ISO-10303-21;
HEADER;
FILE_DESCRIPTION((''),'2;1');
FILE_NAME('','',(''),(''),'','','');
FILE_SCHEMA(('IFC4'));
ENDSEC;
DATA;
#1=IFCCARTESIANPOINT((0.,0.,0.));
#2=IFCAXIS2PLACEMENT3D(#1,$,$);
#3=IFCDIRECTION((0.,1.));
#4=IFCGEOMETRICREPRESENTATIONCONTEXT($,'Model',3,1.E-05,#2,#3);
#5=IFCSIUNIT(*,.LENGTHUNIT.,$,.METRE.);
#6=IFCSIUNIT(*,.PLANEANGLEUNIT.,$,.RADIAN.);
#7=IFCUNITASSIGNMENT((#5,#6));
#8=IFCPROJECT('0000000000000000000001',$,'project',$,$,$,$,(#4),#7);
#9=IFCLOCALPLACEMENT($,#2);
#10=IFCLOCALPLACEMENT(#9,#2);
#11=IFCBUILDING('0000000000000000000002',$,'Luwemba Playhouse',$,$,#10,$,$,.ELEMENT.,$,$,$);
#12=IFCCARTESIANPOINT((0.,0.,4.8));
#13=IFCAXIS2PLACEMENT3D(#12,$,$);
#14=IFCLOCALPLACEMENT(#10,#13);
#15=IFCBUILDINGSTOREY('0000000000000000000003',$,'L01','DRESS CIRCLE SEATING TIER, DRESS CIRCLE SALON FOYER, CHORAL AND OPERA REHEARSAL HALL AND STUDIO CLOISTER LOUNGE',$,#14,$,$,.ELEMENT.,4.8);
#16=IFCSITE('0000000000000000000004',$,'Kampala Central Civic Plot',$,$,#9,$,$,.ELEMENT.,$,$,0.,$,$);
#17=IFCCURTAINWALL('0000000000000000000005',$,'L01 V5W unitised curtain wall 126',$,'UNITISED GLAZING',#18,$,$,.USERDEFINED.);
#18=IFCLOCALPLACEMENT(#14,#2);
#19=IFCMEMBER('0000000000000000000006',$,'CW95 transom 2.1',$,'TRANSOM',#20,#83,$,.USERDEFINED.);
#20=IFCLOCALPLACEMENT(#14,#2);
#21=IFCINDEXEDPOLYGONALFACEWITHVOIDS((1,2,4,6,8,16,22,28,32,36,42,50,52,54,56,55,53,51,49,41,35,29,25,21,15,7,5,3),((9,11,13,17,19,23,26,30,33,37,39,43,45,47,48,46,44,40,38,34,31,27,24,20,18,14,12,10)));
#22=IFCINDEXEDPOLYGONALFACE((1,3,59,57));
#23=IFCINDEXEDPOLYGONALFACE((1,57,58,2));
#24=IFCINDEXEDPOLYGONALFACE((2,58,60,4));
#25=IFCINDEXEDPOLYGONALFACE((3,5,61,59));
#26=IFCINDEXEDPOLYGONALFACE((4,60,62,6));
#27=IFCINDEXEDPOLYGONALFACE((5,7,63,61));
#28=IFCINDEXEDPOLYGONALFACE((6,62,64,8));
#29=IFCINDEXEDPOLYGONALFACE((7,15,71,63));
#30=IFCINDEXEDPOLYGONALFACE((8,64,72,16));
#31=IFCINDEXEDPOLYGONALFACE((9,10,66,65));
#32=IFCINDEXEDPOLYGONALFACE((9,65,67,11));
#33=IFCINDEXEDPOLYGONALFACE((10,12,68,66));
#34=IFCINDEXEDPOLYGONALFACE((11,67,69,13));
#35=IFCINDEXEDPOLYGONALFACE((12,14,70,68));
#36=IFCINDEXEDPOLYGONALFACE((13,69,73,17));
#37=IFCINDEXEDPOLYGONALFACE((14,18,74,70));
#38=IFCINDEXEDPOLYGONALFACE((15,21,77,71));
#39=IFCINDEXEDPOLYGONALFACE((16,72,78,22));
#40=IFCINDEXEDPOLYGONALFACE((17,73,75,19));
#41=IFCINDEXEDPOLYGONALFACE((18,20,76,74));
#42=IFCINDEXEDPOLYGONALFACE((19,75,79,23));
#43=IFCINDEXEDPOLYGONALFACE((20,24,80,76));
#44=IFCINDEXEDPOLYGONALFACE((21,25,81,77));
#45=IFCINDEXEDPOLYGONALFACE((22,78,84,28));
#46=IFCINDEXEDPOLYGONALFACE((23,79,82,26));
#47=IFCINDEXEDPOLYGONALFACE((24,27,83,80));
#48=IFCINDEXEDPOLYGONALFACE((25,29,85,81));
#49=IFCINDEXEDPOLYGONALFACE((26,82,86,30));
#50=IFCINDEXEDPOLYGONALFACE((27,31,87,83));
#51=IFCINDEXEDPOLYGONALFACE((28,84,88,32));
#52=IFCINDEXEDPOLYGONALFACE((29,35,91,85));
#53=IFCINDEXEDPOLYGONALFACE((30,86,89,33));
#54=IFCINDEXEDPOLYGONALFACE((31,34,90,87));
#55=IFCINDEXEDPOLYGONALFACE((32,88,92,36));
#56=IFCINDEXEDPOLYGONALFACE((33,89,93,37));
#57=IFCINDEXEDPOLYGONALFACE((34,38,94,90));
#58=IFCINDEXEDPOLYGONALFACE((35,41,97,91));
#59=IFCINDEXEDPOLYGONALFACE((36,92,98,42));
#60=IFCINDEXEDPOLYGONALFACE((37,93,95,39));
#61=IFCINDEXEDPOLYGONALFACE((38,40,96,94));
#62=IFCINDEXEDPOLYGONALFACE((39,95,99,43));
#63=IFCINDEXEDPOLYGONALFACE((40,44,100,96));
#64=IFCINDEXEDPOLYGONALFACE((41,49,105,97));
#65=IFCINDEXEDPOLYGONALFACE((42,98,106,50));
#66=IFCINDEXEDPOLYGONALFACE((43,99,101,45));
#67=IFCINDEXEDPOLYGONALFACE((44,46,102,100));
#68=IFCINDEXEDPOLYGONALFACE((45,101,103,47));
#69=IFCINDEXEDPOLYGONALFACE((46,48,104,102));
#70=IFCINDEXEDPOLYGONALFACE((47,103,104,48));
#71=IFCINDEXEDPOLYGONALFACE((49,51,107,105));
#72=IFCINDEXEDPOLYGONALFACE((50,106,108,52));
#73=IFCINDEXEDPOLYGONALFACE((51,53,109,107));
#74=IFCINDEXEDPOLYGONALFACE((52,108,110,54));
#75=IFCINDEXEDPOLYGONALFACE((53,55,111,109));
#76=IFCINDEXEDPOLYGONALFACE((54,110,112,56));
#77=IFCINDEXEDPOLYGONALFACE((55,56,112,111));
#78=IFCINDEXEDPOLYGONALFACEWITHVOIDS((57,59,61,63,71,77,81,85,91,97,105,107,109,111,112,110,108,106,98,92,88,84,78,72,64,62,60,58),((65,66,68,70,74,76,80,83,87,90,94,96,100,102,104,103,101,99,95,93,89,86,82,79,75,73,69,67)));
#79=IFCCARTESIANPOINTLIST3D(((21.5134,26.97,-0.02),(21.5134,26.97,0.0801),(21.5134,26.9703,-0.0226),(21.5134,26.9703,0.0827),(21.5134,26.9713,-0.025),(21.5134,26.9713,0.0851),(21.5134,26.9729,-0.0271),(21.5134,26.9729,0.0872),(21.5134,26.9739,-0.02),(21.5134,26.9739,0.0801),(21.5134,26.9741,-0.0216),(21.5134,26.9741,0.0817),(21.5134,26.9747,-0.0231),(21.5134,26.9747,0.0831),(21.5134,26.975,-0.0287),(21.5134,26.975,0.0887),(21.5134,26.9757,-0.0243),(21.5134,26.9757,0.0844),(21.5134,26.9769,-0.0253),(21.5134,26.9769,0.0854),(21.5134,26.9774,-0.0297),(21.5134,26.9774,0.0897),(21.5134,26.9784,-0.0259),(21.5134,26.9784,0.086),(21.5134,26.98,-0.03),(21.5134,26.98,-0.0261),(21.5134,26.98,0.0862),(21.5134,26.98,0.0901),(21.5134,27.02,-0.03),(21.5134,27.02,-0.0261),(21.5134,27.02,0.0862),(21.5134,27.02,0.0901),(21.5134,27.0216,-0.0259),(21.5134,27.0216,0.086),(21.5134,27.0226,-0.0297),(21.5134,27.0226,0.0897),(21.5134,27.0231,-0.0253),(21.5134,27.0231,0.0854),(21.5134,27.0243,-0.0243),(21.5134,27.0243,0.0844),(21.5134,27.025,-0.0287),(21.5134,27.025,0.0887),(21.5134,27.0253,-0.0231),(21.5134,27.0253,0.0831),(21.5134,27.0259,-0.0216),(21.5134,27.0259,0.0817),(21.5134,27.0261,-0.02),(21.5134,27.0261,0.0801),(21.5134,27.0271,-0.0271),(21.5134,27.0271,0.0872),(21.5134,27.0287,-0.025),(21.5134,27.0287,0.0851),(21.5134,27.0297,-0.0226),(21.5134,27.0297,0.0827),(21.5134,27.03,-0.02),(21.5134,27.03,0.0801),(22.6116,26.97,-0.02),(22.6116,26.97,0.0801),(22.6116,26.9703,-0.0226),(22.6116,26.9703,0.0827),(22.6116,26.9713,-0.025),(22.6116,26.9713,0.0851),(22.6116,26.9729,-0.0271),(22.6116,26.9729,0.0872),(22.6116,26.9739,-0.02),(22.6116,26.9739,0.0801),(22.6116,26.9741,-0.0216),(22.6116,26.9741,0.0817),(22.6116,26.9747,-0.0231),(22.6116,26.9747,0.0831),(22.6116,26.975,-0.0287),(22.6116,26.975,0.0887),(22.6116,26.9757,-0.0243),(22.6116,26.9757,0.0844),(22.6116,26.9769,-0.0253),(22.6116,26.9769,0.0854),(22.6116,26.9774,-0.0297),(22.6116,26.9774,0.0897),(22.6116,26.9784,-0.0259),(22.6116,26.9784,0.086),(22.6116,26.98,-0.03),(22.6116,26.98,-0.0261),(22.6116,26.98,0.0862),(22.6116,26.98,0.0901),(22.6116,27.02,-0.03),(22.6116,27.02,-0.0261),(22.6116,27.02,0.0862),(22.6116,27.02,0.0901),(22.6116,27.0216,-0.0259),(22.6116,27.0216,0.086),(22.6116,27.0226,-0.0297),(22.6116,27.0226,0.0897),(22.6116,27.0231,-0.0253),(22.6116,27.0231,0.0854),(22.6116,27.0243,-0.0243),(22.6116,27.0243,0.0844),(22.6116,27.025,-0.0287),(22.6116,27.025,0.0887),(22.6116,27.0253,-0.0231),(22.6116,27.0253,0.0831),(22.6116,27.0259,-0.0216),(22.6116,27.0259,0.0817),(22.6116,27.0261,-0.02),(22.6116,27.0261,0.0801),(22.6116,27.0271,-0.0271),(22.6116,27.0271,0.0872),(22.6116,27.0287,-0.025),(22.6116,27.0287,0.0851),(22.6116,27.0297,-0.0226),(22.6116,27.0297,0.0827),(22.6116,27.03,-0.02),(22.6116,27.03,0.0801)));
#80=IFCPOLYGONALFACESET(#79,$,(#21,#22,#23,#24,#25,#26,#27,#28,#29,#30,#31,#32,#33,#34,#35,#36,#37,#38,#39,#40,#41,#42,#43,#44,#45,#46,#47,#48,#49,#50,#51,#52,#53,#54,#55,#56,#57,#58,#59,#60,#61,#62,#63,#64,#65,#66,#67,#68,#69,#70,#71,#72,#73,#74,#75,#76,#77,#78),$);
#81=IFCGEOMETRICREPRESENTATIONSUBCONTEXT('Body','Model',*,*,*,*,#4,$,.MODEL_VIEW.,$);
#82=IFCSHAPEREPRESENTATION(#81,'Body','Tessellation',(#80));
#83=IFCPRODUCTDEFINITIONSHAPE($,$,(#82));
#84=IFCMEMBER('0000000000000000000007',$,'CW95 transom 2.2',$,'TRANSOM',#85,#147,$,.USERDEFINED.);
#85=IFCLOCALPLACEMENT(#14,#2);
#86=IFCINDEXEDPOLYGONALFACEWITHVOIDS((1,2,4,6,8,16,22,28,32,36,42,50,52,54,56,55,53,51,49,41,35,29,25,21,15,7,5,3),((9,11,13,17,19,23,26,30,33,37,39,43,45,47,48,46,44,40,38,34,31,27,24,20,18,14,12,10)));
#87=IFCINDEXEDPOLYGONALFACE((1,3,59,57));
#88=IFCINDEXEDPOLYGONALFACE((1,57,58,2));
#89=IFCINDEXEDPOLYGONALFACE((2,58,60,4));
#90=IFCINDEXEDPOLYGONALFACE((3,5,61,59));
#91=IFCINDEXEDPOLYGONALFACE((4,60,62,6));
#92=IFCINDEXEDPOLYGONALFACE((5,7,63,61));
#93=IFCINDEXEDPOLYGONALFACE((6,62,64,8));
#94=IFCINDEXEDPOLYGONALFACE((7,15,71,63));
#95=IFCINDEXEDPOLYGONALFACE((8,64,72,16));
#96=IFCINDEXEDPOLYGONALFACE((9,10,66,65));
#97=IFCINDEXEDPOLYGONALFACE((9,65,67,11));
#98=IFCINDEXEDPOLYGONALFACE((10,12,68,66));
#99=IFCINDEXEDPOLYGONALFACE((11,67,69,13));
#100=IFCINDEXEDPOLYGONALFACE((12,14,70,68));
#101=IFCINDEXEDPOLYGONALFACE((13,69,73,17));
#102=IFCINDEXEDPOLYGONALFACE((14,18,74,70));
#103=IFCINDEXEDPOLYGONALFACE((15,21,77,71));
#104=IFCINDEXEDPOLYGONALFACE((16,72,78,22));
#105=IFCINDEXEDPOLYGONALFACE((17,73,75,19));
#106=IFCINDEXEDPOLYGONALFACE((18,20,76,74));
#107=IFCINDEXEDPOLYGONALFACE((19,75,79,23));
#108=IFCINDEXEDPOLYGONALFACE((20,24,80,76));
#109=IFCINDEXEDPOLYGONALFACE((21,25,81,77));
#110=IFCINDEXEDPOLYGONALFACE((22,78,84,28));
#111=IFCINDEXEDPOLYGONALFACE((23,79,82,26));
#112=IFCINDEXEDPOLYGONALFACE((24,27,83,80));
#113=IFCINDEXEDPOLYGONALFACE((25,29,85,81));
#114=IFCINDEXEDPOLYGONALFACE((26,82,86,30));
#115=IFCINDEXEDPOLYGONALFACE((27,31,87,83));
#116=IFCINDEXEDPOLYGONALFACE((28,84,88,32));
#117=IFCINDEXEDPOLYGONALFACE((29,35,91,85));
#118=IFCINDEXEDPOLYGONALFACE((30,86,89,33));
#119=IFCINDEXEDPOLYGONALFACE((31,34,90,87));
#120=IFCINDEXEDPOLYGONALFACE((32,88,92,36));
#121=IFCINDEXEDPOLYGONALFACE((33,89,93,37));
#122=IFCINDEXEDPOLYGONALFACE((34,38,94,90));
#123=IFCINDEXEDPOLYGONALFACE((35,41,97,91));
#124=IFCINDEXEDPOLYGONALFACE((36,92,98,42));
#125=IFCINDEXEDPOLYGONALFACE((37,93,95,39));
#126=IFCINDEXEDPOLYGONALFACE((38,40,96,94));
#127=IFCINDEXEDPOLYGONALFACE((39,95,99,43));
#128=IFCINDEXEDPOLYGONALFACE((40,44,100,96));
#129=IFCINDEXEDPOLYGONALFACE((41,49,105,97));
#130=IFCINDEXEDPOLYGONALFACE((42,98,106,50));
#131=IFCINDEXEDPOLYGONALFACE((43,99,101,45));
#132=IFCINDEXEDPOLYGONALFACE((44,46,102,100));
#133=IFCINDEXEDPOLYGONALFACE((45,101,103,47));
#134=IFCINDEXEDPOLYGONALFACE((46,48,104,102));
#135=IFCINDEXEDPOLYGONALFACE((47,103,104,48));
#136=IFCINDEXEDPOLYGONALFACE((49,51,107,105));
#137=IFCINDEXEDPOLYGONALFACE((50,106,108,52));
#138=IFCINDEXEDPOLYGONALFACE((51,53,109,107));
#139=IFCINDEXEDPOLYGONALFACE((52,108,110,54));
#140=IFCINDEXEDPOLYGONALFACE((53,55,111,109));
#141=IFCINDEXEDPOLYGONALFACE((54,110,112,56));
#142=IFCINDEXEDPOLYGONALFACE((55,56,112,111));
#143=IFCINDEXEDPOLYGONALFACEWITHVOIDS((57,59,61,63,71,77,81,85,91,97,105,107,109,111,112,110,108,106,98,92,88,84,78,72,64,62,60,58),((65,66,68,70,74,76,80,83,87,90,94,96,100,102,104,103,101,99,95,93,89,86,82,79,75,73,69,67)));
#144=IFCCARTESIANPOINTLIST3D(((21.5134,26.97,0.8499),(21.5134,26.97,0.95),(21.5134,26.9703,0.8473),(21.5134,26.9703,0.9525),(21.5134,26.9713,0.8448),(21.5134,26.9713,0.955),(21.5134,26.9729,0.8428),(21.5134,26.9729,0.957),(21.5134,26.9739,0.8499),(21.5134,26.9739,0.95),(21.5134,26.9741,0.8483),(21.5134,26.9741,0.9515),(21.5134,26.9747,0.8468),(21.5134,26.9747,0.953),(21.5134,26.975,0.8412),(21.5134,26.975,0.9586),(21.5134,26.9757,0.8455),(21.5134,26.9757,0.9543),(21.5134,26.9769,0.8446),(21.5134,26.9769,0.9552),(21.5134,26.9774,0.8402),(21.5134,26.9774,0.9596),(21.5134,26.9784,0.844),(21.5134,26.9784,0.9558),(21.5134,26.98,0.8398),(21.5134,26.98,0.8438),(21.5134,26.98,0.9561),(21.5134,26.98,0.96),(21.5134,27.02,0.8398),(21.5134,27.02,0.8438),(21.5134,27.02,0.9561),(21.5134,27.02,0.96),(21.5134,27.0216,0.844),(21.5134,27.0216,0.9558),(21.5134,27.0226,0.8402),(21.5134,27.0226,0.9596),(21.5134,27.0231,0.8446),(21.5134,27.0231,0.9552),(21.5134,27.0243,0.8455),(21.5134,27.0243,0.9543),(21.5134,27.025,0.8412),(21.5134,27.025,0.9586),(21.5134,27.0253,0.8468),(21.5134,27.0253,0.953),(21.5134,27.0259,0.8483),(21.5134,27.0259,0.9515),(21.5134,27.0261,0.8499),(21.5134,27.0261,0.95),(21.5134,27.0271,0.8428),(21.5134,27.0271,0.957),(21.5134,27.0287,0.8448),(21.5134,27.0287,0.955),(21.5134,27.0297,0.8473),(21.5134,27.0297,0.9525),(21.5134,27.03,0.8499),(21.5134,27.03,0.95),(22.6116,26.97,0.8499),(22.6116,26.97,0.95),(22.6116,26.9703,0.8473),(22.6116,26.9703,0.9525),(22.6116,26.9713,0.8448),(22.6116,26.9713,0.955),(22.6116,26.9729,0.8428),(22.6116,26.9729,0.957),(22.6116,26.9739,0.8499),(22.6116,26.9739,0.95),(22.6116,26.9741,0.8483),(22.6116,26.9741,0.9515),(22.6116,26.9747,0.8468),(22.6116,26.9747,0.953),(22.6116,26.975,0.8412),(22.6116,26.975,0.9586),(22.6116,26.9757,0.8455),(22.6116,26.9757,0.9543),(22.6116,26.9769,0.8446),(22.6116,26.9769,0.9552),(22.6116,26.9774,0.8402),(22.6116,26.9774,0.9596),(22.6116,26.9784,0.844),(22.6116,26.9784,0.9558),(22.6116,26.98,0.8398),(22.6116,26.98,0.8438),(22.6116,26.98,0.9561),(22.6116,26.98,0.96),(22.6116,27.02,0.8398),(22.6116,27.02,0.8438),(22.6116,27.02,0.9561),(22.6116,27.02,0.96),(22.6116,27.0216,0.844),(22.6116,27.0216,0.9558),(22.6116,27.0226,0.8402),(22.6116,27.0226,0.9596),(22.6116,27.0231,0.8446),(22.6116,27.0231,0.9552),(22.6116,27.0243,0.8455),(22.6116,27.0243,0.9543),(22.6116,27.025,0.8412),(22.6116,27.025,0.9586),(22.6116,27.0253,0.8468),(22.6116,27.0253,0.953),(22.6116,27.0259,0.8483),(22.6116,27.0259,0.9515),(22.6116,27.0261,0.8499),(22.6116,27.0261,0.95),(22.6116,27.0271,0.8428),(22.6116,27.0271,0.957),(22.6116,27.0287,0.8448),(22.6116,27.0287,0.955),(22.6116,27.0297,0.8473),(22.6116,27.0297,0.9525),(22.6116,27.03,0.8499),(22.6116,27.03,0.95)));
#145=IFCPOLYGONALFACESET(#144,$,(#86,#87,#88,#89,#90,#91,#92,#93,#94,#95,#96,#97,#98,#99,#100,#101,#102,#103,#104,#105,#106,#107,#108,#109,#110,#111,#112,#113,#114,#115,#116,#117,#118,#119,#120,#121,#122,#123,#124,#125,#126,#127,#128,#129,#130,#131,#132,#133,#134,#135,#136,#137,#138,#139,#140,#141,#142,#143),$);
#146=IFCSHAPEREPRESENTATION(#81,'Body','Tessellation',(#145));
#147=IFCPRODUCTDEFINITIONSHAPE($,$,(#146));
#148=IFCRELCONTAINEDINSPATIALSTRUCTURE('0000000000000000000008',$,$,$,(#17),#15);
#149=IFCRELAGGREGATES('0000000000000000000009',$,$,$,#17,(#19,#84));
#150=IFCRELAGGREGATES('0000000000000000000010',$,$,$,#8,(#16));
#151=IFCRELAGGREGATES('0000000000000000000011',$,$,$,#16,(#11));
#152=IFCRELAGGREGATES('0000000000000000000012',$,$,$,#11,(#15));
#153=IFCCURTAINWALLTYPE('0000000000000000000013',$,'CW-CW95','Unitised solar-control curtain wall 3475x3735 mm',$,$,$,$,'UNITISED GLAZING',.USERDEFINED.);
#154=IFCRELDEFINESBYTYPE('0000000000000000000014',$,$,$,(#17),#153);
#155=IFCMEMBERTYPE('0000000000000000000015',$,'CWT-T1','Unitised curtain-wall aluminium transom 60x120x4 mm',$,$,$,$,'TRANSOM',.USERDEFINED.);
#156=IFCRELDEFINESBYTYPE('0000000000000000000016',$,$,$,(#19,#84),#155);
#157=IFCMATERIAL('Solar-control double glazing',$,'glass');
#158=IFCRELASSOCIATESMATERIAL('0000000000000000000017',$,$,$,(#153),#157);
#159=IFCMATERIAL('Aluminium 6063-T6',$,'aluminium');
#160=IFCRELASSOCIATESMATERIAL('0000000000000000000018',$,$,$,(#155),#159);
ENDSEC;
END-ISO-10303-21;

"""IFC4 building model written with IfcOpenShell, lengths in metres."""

from ifc_helpers import new_model, si_unit, direction, frame, origin, origin_2d, place, context, subcontext, project, spatial, hollow_rectangle, extrude, material, material_profile, profile_set, type_object, element, aggregate, save


model = new_model("IFC4")

# Units and contexts
model_context = context("Model", 3, precision=1e-05, world=origin(), true_north=direction((0.0, 1.0)))
body_context = subcontext(model_context, "Body", "Model", "MODEL_VIEW")
ifc_project = project(units=[si_unit("LENGTHUNIT", "METRE"), si_unit("PLANEANGLEUNIT", "RADIAN")], contexts=[model_context])

# Site, building, storey
site_placement = place(None, origin())
site = spatial("IfcSite", under=ifc_project, at=site_placement, Name="Kampala Central Civic Plot", CompositionType="ELEMENT", RefElevation=0.0)
building_placement = place(site_placement, origin())
building = spatial("IfcBuilding", under=site, at=building_placement, Name="Luwemba Playhouse", CompositionType="ELEMENT")
storey_placement = place(building_placement, frame((0.0, 0.0, 4.8)))
storey = spatial("IfcBuildingStorey", under=building, at=storey_placement, Name="L01", Description="DRESS CIRCLE SEATING TIER, DRESS CIRCLE SALON FOYER, CHORAL AND OPERA REHEARSAL HALL AND STUDIO CLOISTER LOUNGE", CompositionType="ELEMENT", Elevation=4.8)

# Curtain wall
ifc_material_1 = material(Name="Solar-control double glazing", Category="glass")
curtain_wall_type_1 = type_object("IfcCurtainWallType", Name="CW-CW95", Description="Unitised solar-control curtain wall 3475x3735 mm", ElementType="UNITISED GLAZING", PredefinedType="USERDEFINED", material=ifc_material_1)
curtain_wall_1_placement = place(storey_placement, origin())
curtain_wall_1 = element("IfcCurtainWall", 1, at=curtain_wall_1_placement, inside=storey, type_object=curtain_wall_type_1, Name="L01 V5W unitised curtain wall 126", ObjectType="UNITISED GLAZING", PredefinedType="USERDEFINED")
ifc_material_2 = material(Name="Aluminium 6063-T6", Category="aluminium")

# Members
ifc_material_profile_1 = material_profile(ifc_material_2, hollow_rectangle(XDim=0.0601, YDim=0.1201, WallThickness=0.0039, InnerFilletRadius=0.0061, OuterFilletRadius=0.01, at=origin_2d()))
ifc_profile_set_1 = profile_set([ifc_material_profile_1], Name="Aluminium 6063-T6")
member_type_1 = type_object("IfcMemberType", Name="CWT-T1", Description="Unitised curtain-wall aluminium transom 60x120x4 mm", ElementType="TRANSOM", PredefinedType="USERDEFINED", material=ifc_profile_set_1)
member_1_placement = place(storey_placement, frame((21.5134, 27.0, 0.03), z_axis=(1.0, 0.0, 0.0), x_axis=(0.0, 1.0, 0.0)))
member_1 = element("IfcMember", 2, at=member_1_placement, type_object=member_type_1, Name="CW95 transom 2.1", ObjectType="TRANSOM", PredefinedType="USERDEFINED", context=body_context, shape_type="SweptSolid", body=[
    extrude(hollow_rectangle(XDim=0.0601, YDim=0.1201, WallThickness=0.0039, InnerFilletRadius=0.0061, OuterFilletRadius=0.01, at=origin_2d()), origin(), (0.0, 0.0, 1.0), 1.0981),
])
member_2_placement = place(storey_placement, frame((21.5134, 27.0, 0.8999), z_axis=(1.0, 0.0, 0.0), x_axis=(0.0, 1.0, 0.0)))
member_2 = element("IfcMember", 3, at=member_2_placement, type_object=member_type_1, Name="CW95 transom 2.2", ObjectType="TRANSOM", PredefinedType="USERDEFINED", context=body_context, shape_type="SweptSolid", body=[
    extrude(hollow_rectangle(XDim=0.0601, YDim=0.1201, WallThickness=0.0039, InnerFilletRadius=0.0061, OuterFilletRadius=0.01, at=origin_2d()), origin(), (0.0, 0.0, 1.0), 1.0981),
])

aggregate(curtain_wall_1, [member_1, member_2])

save(model, "model.ifc")
